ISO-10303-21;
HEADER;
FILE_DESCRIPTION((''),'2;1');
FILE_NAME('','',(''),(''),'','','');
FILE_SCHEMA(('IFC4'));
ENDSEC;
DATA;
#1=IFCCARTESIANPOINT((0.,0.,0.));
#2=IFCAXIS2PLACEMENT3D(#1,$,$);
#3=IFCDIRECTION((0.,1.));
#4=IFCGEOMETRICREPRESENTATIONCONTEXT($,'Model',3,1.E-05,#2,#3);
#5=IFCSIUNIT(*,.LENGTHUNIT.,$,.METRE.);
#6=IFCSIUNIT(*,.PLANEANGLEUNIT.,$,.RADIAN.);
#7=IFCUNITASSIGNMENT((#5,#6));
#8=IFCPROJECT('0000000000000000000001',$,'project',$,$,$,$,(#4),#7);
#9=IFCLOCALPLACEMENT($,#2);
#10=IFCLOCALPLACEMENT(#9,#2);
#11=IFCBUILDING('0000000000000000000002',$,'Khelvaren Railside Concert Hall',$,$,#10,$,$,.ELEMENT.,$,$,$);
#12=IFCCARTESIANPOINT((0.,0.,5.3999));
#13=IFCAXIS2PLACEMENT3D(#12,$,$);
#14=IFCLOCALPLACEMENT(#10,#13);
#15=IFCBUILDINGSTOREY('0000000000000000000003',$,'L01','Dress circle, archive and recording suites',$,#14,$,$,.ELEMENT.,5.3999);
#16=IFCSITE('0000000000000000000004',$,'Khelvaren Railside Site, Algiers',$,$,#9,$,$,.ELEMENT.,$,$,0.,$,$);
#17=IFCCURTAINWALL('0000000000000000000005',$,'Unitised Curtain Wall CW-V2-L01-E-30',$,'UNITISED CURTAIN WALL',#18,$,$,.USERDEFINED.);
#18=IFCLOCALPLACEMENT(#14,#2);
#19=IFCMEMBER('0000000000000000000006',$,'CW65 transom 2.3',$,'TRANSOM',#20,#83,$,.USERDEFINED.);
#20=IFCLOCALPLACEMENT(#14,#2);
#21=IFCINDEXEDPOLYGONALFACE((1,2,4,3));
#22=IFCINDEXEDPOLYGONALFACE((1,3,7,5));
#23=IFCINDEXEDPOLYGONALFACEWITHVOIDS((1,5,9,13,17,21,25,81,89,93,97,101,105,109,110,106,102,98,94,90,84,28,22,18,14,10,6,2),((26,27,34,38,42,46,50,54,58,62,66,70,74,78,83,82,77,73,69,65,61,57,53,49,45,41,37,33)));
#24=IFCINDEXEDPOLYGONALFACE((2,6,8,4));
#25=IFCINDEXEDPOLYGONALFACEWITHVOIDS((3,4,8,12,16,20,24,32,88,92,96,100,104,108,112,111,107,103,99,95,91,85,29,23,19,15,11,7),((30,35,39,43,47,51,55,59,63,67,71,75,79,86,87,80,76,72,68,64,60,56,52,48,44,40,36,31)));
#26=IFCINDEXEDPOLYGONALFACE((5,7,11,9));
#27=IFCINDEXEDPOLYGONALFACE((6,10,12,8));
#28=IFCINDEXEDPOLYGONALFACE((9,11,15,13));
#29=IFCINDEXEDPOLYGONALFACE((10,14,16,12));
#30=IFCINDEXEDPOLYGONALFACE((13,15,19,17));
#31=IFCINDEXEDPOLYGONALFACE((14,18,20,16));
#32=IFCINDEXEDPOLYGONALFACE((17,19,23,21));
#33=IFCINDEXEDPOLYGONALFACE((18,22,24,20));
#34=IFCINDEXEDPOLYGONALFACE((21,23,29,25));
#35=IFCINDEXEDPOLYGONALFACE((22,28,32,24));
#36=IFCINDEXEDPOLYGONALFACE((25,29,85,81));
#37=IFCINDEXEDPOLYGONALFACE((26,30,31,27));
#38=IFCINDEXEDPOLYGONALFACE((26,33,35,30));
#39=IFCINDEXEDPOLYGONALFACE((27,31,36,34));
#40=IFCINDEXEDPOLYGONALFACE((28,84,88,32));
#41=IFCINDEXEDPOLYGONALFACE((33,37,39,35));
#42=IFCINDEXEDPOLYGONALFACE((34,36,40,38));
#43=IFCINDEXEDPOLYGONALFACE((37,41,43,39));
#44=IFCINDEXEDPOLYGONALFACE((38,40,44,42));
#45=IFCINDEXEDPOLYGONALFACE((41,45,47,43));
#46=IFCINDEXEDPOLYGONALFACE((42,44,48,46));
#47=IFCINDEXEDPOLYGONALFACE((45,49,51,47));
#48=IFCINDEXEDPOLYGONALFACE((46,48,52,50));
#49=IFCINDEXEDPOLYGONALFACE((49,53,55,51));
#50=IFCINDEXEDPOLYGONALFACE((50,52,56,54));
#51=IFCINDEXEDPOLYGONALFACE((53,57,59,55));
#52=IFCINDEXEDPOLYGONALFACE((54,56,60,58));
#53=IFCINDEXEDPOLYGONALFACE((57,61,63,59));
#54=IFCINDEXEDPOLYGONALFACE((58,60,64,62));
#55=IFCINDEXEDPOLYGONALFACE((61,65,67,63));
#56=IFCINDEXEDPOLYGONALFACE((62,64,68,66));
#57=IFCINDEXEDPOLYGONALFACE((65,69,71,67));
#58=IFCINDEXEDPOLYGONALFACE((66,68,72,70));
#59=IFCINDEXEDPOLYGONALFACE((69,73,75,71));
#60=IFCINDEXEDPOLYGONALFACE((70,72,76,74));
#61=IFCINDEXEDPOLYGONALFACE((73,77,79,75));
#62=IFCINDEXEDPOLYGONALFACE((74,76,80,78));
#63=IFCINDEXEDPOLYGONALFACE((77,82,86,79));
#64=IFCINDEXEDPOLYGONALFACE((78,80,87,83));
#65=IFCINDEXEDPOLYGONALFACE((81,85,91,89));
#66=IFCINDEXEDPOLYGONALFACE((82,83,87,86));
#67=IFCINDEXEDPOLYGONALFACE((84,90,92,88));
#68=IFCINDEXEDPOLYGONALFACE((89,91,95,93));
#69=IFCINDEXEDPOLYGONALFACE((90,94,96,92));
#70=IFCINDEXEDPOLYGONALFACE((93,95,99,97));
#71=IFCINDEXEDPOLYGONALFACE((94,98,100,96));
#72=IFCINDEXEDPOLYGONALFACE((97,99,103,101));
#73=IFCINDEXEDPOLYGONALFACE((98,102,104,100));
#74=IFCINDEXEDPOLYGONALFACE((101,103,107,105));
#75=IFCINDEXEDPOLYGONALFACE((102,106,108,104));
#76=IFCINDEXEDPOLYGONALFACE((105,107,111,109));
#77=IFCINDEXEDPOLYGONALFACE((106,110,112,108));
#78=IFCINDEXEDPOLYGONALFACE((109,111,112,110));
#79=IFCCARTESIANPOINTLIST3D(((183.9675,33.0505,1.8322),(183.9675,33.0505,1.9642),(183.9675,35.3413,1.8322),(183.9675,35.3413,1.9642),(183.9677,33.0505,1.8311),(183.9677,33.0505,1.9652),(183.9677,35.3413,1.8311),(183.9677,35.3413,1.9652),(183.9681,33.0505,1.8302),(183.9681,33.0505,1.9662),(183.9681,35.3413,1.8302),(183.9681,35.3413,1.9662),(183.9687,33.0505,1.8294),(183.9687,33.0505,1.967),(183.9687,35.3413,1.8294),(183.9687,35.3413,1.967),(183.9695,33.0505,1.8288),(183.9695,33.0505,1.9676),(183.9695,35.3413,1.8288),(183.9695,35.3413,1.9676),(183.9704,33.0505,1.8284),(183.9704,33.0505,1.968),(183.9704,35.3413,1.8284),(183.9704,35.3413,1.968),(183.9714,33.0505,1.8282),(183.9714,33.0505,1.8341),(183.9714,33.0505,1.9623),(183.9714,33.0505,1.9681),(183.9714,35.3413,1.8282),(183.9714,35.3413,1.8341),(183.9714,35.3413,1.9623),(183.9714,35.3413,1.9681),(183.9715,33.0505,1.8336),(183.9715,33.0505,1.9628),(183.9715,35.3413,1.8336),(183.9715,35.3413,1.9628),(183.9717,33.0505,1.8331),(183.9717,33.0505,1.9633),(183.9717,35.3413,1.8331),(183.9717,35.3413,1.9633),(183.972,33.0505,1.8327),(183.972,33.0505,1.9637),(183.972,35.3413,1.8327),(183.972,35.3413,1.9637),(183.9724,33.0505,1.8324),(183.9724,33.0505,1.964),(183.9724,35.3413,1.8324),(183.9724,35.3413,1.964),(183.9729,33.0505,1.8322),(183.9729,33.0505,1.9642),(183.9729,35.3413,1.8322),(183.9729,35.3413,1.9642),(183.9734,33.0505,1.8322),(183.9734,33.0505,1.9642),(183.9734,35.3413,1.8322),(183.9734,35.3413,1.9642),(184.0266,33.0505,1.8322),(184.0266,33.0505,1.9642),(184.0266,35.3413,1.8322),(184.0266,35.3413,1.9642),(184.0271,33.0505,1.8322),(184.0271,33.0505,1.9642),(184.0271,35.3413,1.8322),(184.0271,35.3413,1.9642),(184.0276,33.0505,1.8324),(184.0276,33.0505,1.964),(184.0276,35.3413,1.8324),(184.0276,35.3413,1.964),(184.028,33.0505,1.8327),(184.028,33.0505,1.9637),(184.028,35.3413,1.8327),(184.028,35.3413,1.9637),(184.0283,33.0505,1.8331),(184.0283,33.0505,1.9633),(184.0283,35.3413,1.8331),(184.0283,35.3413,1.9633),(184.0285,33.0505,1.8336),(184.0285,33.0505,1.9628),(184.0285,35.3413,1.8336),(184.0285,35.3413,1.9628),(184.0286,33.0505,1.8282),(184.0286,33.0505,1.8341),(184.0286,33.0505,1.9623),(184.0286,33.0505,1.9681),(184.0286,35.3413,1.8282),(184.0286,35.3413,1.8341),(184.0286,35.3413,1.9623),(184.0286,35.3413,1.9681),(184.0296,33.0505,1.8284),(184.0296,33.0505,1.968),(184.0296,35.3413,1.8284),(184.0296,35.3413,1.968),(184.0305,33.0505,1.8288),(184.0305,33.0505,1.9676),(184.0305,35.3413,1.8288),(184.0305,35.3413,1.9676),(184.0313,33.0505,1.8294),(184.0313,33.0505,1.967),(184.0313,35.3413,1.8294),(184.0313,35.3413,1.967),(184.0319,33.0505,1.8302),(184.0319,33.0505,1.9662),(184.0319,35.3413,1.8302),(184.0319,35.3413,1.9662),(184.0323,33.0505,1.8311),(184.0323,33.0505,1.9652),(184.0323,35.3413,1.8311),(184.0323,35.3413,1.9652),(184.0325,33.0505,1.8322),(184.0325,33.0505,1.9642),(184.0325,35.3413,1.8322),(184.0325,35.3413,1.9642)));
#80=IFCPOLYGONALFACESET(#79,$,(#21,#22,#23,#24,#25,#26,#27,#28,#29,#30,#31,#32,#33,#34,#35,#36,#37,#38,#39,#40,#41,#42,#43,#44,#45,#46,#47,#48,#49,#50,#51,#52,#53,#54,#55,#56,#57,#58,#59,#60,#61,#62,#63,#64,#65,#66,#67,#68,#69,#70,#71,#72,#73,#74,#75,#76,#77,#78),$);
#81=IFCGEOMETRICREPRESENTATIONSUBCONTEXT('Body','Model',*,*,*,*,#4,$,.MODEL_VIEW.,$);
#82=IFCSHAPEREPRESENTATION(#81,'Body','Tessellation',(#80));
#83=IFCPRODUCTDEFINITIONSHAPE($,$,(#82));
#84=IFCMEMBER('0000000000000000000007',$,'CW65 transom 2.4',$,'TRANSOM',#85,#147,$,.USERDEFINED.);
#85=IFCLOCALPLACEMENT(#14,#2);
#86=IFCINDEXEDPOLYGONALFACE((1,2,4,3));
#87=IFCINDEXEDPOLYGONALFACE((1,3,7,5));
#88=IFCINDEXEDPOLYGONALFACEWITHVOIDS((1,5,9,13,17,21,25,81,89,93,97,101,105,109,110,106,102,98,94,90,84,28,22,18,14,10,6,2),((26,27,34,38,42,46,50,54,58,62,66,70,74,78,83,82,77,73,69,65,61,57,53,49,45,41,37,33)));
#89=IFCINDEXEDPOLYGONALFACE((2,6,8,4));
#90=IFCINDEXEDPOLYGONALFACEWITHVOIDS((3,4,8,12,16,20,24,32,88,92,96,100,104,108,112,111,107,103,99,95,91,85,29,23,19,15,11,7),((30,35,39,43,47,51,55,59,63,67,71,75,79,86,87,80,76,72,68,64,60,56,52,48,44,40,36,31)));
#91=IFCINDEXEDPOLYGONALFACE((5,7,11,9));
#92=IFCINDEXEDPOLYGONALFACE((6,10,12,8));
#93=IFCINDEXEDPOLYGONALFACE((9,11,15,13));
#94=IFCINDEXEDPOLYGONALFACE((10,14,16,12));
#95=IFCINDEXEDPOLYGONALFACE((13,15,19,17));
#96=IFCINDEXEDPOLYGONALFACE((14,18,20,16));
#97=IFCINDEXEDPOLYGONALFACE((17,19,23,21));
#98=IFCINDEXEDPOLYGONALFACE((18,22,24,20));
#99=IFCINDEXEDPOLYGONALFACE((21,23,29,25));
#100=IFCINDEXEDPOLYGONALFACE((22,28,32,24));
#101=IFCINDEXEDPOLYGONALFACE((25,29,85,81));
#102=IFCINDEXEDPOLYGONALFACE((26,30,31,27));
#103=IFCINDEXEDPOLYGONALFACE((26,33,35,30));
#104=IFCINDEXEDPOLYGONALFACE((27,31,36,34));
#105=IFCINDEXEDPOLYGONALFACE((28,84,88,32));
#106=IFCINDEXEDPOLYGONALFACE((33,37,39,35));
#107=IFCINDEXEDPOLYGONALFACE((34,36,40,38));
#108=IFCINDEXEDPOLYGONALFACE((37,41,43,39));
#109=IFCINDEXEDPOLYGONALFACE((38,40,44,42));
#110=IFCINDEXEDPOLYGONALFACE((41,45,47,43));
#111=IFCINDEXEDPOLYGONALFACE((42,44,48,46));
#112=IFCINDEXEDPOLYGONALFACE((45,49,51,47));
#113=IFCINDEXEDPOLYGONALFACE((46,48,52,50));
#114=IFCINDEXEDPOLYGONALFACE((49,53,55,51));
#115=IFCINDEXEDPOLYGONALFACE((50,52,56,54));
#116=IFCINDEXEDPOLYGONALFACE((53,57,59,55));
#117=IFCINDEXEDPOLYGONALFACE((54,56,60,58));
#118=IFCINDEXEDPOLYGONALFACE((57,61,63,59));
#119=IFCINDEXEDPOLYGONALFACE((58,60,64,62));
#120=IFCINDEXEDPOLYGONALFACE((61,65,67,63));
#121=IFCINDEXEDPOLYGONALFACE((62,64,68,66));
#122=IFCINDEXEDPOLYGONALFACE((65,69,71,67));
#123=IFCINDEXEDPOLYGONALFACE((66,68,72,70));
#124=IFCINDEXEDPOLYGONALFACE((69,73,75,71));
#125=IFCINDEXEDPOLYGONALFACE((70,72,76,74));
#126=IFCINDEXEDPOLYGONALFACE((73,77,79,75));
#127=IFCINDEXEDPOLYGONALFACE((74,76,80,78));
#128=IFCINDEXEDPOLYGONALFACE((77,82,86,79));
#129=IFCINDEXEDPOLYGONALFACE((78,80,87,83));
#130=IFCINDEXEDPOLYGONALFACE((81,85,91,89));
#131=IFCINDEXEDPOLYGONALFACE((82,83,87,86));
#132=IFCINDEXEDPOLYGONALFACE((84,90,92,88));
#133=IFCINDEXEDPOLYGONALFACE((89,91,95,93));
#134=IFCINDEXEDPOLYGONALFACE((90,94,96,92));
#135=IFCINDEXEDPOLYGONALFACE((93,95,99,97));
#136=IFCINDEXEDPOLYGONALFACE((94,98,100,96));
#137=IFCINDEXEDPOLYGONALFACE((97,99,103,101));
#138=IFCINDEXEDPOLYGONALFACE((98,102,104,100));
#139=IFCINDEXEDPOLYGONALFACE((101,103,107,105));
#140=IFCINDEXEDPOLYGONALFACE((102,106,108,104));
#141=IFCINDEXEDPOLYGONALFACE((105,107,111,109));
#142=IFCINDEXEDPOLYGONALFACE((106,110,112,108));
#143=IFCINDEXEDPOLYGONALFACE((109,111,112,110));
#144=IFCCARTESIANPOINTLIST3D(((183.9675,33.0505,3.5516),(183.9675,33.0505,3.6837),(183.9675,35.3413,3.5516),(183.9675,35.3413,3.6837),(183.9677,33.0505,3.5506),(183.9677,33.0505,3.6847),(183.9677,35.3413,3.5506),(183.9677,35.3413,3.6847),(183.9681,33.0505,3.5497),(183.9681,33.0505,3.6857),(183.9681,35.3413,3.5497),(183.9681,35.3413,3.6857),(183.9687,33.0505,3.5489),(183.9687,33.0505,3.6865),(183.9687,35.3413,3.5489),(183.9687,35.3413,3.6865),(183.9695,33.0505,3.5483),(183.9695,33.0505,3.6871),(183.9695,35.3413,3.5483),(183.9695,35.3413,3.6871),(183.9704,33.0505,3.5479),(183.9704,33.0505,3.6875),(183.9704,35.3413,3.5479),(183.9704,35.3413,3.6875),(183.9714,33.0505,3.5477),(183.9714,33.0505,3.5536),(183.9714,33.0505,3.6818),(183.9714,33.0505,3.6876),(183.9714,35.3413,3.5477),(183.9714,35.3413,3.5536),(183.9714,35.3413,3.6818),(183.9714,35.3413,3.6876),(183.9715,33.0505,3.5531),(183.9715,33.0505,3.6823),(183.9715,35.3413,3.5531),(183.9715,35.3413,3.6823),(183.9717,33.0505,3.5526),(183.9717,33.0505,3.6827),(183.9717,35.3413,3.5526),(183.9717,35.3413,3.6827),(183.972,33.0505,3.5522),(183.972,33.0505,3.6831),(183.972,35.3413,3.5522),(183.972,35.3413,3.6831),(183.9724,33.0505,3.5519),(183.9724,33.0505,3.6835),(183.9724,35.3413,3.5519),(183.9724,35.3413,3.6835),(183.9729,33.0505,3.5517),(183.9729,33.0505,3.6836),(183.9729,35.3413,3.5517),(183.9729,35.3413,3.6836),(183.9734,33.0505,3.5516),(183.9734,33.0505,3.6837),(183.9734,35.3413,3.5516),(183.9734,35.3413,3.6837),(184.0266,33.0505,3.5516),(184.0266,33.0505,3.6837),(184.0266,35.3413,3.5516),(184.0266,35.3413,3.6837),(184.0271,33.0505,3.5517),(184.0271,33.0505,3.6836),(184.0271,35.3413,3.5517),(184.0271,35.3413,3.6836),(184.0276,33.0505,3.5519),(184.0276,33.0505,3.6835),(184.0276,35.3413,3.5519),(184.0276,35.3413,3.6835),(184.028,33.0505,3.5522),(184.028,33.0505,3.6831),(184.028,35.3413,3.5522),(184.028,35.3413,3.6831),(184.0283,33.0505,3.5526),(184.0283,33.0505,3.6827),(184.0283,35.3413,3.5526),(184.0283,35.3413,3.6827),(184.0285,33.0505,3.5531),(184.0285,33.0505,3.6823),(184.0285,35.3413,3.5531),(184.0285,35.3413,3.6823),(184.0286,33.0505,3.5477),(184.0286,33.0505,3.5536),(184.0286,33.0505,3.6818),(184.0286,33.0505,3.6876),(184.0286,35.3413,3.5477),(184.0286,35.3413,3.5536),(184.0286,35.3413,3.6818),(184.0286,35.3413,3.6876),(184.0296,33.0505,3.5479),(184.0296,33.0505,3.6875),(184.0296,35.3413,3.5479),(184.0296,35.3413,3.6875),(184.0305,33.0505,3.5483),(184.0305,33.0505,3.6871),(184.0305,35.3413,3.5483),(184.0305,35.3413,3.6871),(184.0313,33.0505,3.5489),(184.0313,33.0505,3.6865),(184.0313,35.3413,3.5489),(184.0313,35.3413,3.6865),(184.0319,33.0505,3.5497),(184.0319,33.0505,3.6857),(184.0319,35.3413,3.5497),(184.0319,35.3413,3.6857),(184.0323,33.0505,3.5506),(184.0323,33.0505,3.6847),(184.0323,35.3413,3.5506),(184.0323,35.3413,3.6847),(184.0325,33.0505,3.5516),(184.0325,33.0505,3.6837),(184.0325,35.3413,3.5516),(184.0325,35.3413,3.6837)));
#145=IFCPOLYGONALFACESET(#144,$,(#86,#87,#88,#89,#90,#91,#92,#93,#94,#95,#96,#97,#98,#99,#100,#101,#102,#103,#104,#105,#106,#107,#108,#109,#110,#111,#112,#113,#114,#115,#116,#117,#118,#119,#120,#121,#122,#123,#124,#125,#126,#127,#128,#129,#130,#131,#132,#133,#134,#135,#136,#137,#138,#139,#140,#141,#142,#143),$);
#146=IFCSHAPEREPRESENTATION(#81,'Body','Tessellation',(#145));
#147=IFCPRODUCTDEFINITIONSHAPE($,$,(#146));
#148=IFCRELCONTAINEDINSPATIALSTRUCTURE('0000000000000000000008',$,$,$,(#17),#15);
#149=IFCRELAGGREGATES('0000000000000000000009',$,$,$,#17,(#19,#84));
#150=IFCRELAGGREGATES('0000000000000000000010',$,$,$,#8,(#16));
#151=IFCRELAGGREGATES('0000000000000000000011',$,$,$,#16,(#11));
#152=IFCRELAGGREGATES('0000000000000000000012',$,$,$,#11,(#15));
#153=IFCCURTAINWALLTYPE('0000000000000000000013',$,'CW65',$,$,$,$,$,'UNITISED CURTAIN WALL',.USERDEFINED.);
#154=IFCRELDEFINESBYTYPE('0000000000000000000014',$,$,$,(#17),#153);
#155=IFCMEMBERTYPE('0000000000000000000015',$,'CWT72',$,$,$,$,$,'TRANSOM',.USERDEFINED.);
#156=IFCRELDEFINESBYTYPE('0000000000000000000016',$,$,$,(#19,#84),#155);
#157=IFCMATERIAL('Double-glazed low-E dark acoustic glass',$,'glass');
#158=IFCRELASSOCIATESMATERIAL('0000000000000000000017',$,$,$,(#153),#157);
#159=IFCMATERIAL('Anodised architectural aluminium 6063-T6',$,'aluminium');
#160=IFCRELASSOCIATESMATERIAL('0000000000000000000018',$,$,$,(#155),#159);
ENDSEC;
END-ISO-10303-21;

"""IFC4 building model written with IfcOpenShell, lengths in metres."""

from ifc_helpers import new_model, si_unit, direction, frame, origin, origin_2d, place, context, subcontext, project, spatial, hollow_rectangle, extrude, material, material_profile, profile_set, type_object, element, aggregate, save


model = new_model("IFC4")

# Units and contexts
model_context = context("Model", 3, precision=1e-05, world=origin(), true_north=direction((0.0, 1.0)))
body_context = subcontext(model_context, "Body", "Model", "MODEL_VIEW")
ifc_project = project(units=[si_unit("LENGTHUNIT", "METRE"), si_unit("PLANEANGLEUNIT", "RADIAN")], contexts=[model_context])

# Site, building, storey
site_placement = place(None, origin())
site = spatial("IfcSite", under=ifc_project, at=site_placement, Name="Khelvaren Railside Site, Algiers", CompositionType="ELEMENT", RefElevation=0.0)
building_placement = place(site_placement, origin())
building = spatial("IfcBuilding", under=site, at=building_placement, Name="Khelvaren Railside Concert Hall", CompositionType="ELEMENT")
storey_placement = place(building_placement, frame((0.0, 0.0, 5.3999)))
storey = spatial("IfcBuildingStorey", under=building, at=storey_placement, Name="L01", Description="Dress circle, archive and recording suites", CompositionType="ELEMENT", Elevation=5.3999)

# Curtain wall, members
ifc_material_1 = material(Name="Double-glazed low-E dark acoustic glass", Category="glass")
curtain_wall_type = type_object("IfcCurtainWallType", Name="CW65", ElementType="UNITISED CURTAIN WALL", PredefinedType="USERDEFINED", material=ifc_material_1)
curtain_wall_placement = place(storey_placement, origin())
curtain_wall = element("IfcCurtainWall", 1, at=curtain_wall_placement, inside=storey, type_object=curtain_wall_type, Name="Unitised Curtain Wall CW-V2-L01-E-30", ObjectType="UNITISED CURTAIN WALL", PredefinedType="USERDEFINED")
ifc_material_2 = material(Name="Anodised architectural aluminium 6063-T6", Category="aluminium")
ifc_material_profile_1 = material_profile(ifc_material_2, hollow_rectangle(XDim=0.0649, YDim=0.1399, WallThickness=0.0039, InnerFilletRadius=0.002, OuterFilletRadius=0.0039, at=origin_2d()), Name="CWT 65x140x4")
ifc_profile_set_1 = profile_set([ifc_material_profile_1], Name="Anodised architectural aluminium 6063-T6")
member_type_1 = type_object("IfcMemberType", Name="CWT72", ElementType="TRANSOM", PredefinedType="USERDEFINED", material=ifc_profile_set_1)
member_1_placement = place(storey_placement, frame((184.0, 35.3413, 1.8982), z_axis=(0.0, -1.0, 0.0), x_axis=(1.0, 0.0, 0.0)))
member_1 = element("IfcMember", 2, at=member_1_placement, type_object=member_type_1, Name="CW65 transom 2.3", ObjectType="TRANSOM", PredefinedType="USERDEFINED", context=body_context, shape_type="SweptSolid", body=[
    extrude(hollow_rectangle(XDim=0.0649, YDim=0.1399, WallThickness=0.0039, InnerFilletRadius=0.002, OuterFilletRadius=0.0039, at=origin_2d()), origin(), (0.0, 0.0, 1.0), 2.2908),
])
member_2_placement = place(storey_placement, frame((184.0, 35.3413, 3.6177), z_axis=(0.0, -1.0, 0.0), x_axis=(1.0, 0.0, 0.0)))
member_2 = element("IfcMember", 3, at=member_2_placement, type_object=member_type_1, Name="CW65 transom 2.4", ObjectType="TRANSOM", PredefinedType="USERDEFINED", context=body_context, shape_type="SweptSolid", body=[
    extrude(hollow_rectangle(XDim=0.0649, YDim=0.1399, WallThickness=0.0039, InnerFilletRadius=0.002, OuterFilletRadius=0.0039, at=origin_2d()), origin(), (0.0, 0.0, 1.0), 2.2908),
])

aggregate(curtain_wall, [member_1, member_2])

save(model, "model.ifc")
